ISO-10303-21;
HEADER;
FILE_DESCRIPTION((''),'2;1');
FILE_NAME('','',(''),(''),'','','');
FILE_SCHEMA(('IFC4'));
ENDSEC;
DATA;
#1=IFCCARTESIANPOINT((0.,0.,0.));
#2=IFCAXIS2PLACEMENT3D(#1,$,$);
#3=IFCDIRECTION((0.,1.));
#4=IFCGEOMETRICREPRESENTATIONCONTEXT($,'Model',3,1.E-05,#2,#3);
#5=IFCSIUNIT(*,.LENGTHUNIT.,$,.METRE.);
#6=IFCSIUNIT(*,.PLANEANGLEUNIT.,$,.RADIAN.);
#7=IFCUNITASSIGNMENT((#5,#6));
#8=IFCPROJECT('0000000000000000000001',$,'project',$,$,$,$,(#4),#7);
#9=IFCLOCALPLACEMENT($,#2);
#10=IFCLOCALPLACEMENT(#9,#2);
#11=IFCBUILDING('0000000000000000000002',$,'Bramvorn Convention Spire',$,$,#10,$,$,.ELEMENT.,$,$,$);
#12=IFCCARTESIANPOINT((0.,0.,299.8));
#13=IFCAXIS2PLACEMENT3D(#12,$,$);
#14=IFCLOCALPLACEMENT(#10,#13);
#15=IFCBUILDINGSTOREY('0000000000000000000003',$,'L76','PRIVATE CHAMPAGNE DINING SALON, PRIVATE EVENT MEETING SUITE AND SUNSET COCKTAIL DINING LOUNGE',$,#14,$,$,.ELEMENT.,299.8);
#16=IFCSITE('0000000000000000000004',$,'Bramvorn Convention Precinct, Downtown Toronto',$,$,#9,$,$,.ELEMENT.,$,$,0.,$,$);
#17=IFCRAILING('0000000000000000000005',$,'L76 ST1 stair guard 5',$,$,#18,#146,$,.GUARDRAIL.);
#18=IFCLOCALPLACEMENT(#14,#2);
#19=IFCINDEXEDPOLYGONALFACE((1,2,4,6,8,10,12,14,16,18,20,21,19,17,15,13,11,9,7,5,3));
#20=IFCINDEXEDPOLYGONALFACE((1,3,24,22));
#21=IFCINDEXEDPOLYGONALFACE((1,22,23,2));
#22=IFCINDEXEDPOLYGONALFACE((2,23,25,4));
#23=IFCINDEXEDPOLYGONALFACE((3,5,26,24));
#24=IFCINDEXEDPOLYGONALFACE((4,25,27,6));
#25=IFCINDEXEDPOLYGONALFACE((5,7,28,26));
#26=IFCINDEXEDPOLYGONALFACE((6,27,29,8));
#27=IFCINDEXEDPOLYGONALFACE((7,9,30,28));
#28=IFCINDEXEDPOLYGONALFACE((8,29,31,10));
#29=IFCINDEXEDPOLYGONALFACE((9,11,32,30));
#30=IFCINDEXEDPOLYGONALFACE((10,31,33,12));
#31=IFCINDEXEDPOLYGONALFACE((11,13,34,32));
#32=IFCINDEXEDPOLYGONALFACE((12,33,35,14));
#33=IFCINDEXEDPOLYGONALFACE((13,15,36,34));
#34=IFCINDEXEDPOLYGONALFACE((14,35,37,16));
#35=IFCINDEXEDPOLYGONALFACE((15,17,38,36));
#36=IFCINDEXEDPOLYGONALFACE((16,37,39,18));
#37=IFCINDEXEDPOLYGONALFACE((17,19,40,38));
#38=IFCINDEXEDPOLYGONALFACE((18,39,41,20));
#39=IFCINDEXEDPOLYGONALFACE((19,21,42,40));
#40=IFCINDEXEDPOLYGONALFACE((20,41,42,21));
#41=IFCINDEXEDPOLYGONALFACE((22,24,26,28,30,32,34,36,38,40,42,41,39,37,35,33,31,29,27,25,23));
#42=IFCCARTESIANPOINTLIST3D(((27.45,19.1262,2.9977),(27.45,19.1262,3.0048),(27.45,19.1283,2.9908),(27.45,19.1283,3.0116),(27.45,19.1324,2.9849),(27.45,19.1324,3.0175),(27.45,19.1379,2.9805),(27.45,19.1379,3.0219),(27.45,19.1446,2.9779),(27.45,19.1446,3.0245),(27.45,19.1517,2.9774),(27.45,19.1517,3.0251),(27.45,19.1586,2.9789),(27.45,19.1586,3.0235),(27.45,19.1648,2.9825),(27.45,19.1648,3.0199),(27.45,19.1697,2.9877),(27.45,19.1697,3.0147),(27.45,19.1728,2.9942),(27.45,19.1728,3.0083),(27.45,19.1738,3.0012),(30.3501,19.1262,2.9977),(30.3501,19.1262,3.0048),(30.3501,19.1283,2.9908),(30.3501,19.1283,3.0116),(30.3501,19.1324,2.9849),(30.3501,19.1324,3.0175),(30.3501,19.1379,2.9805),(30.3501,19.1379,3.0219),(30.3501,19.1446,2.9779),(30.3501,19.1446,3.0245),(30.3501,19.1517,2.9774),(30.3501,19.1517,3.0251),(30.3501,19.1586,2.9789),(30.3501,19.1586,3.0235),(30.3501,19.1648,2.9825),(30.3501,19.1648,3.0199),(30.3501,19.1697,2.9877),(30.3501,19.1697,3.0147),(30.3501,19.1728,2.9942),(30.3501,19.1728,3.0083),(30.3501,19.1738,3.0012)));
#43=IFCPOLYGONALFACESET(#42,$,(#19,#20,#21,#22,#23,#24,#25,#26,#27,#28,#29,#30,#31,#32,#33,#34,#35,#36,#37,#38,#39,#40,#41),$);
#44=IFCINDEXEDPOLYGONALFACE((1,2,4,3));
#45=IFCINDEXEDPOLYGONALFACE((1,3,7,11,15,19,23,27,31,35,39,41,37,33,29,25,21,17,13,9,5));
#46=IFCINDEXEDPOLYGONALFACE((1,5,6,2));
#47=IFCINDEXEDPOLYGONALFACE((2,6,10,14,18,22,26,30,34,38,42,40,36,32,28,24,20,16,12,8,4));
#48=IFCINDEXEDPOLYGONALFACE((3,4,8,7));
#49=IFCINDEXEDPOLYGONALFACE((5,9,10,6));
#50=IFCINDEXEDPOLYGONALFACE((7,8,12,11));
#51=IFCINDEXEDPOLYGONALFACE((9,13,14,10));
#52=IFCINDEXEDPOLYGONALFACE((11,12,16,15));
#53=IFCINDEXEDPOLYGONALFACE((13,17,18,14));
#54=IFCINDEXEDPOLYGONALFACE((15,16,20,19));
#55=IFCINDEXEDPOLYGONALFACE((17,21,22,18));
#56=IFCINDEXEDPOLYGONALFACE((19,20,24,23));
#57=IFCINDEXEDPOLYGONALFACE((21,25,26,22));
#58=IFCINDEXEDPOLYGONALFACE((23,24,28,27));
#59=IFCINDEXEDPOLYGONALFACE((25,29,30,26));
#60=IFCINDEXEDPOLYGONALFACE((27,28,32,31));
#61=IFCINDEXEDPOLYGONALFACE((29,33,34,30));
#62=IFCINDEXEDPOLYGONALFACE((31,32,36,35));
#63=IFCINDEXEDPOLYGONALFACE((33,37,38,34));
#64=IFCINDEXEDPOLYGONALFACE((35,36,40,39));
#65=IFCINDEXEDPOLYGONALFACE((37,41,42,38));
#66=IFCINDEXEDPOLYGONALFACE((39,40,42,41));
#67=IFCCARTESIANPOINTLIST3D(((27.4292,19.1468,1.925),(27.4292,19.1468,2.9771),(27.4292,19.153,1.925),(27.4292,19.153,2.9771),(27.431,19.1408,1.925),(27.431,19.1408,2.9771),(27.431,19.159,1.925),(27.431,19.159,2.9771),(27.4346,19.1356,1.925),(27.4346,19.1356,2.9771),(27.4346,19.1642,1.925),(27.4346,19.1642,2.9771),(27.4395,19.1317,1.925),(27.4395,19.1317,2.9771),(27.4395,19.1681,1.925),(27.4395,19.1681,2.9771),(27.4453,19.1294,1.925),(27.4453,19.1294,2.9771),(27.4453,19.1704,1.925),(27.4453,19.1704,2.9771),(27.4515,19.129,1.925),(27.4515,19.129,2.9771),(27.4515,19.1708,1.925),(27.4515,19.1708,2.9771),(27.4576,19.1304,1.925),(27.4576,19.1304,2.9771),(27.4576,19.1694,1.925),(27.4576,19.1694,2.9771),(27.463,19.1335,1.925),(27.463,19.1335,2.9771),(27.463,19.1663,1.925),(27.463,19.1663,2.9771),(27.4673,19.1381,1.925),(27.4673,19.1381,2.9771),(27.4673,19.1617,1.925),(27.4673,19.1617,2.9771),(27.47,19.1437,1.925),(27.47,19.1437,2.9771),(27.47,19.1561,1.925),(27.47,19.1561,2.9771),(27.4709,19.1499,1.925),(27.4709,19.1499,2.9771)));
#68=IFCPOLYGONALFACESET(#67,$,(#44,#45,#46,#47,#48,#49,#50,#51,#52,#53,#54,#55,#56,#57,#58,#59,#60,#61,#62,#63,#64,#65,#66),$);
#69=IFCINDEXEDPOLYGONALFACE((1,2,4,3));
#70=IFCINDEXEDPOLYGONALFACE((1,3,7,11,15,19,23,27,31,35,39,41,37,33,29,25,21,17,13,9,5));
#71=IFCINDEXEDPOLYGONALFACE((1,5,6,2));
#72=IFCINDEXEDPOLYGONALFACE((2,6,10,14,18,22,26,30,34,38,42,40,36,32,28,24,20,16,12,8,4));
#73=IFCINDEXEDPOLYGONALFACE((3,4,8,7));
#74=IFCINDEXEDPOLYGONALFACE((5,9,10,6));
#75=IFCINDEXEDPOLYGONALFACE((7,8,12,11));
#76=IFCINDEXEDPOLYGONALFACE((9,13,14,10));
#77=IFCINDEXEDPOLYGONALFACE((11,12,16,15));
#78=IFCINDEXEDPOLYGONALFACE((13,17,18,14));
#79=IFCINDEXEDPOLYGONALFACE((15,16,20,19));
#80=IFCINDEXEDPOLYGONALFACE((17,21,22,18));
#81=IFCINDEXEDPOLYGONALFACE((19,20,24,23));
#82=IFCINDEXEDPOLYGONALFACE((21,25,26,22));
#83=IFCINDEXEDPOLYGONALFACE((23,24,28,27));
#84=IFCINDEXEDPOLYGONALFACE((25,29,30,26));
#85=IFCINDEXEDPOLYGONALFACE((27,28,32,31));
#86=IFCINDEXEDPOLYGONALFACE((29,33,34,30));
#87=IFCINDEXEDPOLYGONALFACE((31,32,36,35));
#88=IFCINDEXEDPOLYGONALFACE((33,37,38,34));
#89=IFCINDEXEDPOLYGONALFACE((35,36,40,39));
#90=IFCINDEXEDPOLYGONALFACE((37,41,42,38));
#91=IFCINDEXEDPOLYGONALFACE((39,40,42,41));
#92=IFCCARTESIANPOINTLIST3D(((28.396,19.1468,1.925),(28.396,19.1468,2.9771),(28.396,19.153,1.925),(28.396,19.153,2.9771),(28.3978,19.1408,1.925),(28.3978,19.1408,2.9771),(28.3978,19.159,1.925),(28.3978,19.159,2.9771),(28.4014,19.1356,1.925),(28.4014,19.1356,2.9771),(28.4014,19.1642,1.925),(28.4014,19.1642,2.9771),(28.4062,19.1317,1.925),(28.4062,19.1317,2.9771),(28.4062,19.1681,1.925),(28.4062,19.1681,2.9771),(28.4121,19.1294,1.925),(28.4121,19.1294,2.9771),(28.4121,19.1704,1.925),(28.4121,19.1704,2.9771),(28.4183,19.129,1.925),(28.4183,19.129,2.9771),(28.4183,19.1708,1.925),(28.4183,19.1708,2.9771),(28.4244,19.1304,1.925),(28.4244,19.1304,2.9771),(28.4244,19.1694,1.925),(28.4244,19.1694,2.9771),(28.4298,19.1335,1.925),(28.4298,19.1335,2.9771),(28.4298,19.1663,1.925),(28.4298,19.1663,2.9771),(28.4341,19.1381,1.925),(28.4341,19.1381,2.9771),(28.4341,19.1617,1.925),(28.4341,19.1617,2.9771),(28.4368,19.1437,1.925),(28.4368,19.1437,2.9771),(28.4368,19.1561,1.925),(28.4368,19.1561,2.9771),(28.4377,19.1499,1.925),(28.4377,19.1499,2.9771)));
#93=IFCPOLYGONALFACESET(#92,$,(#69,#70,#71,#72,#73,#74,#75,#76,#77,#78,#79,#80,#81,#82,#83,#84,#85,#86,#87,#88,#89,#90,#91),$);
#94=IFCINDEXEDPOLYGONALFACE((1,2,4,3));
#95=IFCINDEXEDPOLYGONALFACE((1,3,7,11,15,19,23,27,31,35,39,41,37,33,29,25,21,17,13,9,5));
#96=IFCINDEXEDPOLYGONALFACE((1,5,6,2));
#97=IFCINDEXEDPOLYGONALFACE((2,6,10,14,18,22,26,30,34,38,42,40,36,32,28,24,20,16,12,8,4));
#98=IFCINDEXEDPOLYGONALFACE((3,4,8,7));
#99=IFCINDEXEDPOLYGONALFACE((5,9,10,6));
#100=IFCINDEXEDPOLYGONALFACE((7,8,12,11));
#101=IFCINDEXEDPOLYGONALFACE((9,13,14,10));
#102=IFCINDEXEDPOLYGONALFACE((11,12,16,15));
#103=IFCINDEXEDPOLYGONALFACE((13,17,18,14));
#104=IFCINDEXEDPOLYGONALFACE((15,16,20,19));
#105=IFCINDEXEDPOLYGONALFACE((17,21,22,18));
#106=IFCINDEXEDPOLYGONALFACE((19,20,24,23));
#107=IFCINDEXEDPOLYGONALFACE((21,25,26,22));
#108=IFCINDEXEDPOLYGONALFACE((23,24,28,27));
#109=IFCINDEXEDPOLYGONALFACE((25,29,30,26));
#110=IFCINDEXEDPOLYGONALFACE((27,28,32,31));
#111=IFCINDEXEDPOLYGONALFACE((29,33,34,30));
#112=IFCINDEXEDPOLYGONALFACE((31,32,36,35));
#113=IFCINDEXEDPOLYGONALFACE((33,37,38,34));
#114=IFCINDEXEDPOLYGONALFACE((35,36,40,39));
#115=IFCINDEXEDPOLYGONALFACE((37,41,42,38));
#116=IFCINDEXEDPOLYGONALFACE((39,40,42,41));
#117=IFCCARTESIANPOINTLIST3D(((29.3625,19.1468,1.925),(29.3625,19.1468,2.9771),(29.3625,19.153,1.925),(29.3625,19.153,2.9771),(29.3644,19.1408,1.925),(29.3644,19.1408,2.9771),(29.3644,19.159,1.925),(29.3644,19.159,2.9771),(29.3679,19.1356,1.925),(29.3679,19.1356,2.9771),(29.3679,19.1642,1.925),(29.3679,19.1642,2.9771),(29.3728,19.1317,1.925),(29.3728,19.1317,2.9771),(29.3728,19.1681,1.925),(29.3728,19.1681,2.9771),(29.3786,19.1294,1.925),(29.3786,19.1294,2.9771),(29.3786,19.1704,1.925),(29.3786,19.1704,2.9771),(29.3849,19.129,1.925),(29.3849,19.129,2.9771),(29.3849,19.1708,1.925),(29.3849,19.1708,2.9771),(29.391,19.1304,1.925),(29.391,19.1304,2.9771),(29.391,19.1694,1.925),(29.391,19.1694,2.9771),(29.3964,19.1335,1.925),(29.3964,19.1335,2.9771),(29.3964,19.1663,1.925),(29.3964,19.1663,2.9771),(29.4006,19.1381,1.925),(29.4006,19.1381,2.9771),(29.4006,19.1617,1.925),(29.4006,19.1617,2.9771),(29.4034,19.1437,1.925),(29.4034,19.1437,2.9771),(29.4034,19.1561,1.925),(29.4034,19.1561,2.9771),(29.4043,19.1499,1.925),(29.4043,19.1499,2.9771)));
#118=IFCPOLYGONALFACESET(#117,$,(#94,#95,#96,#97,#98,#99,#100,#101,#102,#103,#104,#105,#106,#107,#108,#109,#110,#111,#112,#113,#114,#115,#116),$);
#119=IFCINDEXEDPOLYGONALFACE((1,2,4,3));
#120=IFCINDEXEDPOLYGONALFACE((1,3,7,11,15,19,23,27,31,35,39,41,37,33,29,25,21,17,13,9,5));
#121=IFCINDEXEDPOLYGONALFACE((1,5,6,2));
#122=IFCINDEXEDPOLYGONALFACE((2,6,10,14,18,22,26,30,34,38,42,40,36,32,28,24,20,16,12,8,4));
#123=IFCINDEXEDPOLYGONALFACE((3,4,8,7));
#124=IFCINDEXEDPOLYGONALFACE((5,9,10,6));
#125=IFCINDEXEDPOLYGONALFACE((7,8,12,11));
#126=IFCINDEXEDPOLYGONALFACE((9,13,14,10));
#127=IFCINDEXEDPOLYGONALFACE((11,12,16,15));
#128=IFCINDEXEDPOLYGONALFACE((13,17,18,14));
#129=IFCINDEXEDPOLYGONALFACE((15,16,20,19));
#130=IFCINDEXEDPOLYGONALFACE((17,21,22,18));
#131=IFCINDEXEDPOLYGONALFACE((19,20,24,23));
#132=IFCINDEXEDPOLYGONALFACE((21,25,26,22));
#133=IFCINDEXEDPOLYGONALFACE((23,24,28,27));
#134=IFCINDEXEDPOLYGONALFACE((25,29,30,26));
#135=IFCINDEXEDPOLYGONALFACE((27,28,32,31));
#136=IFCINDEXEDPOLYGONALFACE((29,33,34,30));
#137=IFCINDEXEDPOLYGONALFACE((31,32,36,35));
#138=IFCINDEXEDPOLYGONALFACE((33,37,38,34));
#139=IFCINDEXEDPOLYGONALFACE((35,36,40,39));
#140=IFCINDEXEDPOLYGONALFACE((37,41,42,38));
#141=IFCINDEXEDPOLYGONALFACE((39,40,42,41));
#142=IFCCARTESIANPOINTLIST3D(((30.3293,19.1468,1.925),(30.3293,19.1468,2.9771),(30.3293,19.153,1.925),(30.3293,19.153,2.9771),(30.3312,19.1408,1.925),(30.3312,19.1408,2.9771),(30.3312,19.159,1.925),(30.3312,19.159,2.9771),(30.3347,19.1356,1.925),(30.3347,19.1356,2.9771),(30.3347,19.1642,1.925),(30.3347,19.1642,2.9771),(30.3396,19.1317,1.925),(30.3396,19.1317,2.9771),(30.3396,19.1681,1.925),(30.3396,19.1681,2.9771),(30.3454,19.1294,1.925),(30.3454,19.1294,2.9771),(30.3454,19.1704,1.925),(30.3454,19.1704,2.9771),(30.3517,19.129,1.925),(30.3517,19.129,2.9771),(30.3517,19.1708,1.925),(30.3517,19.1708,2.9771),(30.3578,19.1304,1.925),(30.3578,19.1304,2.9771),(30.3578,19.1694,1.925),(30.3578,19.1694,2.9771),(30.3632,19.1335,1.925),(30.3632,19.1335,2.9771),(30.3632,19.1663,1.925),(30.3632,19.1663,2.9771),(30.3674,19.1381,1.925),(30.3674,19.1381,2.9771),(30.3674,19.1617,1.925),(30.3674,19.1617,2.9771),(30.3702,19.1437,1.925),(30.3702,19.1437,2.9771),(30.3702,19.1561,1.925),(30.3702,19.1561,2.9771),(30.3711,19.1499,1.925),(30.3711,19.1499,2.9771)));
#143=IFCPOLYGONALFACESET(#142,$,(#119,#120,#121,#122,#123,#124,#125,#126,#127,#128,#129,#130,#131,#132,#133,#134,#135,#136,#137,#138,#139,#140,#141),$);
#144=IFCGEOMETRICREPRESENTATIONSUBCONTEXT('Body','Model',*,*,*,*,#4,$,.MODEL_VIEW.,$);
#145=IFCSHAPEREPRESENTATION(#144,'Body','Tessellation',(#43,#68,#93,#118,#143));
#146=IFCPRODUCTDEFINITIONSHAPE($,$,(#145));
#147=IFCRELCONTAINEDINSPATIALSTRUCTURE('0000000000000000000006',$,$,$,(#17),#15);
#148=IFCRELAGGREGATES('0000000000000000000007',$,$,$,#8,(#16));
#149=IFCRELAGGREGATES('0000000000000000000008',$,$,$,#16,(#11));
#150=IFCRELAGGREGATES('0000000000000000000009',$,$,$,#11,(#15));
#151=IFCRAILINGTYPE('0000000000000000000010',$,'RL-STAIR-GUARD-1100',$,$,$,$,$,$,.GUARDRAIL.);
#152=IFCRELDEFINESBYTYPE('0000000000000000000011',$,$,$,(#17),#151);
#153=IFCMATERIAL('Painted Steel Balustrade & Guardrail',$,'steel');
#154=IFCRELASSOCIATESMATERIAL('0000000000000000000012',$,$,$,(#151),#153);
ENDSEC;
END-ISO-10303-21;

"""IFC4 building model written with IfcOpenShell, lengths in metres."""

from ifc_helpers import new_model, si_unit, direction, frame, origin, origin_2d, place, context, subcontext, project, spatial, circle, extrude, material, type_object, element, save


model = new_model("IFC4")

# Units and contexts
model_context = context("Model", 3, precision=1e-05, world=origin(), true_north=direction((0.0, 1.0)))
body_context = subcontext(model_context, "Body", "Model", "MODEL_VIEW")
ifc_project = project(units=[si_unit("LENGTHUNIT", "METRE"), si_unit("PLANEANGLEUNIT", "RADIAN")], contexts=[model_context])

# Site, building, storey
site_placement = place(None, origin())
site = spatial("IfcSite", under=ifc_project, at=site_placement, Name="Bramvorn Convention Precinct, Downtown Toronto", CompositionType="ELEMENT", RefElevation=0.0)
building_placement = place(site_placement, origin())
building = spatial("IfcBuilding", under=site, at=building_placement, Name="Bramvorn Convention Spire", CompositionType="ELEMENT")
storey_placement = place(building_placement, frame((0.0, 0.0, 299.8)))
storey = spatial("IfcBuildingStorey", under=building, at=storey_placement, Name="L76", Description="PRIVATE CHAMPAGNE DINING SALON, PRIVATE EVENT MEETING SUITE AND SUNSET COCKTAIL DINING LOUNGE", CompositionType="ELEMENT", Elevation=299.8)

# Railing
ifc_material_1 = material(Name="Painted Steel Balustrade & Guardrail", Category="steel")
railing_type_1 = type_object("IfcRailingType", Name="RL-STAIR-GUARD-1100", PredefinedType="GUARDRAIL", material=ifc_material_1)
railing_1_placement = place(storey_placement, frame((27.45, 19.1499, 1.925)))
element("IfcRailing", 1, at=railing_1_placement, inside=storey, type_object=railing_type_1, Name="L76 ST1 stair guard 5", PredefinedType="GUARDRAIL", context=body_context, shape_type="SweptSolid", body=[
    extrude(circle(Radius=0.0239, at=origin_2d()), frame((0.0, 0.0, 1.0762), z_axis=(1.0, 0.0, 0.0), x_axis=(0.0, 1.0, 0.0)), (0.0, 0.0, 1.0), 2.9001),
    extrude(circle(Radius=0.021, at=origin_2d()), origin(), (0.0, 0.0, 1.0), 1.052),
    extrude(circle(Radius=0.021, at=origin_2d()), frame((0.9668, 0.0, 0.0)), (0.0, 0.0, 1.0), 1.052),
    extrude(circle(Radius=0.021, at=origin_2d()), frame((1.9333, 0.0, 0.0)), (0.0, 0.0, 1.0), 1.052),
    extrude(circle(Radius=0.021, at=origin_2d()), frame((2.9001, 0.0, 0.0)), (0.0, 0.0, 1.0), 1.052),
])

save(model, "model.ifc")
